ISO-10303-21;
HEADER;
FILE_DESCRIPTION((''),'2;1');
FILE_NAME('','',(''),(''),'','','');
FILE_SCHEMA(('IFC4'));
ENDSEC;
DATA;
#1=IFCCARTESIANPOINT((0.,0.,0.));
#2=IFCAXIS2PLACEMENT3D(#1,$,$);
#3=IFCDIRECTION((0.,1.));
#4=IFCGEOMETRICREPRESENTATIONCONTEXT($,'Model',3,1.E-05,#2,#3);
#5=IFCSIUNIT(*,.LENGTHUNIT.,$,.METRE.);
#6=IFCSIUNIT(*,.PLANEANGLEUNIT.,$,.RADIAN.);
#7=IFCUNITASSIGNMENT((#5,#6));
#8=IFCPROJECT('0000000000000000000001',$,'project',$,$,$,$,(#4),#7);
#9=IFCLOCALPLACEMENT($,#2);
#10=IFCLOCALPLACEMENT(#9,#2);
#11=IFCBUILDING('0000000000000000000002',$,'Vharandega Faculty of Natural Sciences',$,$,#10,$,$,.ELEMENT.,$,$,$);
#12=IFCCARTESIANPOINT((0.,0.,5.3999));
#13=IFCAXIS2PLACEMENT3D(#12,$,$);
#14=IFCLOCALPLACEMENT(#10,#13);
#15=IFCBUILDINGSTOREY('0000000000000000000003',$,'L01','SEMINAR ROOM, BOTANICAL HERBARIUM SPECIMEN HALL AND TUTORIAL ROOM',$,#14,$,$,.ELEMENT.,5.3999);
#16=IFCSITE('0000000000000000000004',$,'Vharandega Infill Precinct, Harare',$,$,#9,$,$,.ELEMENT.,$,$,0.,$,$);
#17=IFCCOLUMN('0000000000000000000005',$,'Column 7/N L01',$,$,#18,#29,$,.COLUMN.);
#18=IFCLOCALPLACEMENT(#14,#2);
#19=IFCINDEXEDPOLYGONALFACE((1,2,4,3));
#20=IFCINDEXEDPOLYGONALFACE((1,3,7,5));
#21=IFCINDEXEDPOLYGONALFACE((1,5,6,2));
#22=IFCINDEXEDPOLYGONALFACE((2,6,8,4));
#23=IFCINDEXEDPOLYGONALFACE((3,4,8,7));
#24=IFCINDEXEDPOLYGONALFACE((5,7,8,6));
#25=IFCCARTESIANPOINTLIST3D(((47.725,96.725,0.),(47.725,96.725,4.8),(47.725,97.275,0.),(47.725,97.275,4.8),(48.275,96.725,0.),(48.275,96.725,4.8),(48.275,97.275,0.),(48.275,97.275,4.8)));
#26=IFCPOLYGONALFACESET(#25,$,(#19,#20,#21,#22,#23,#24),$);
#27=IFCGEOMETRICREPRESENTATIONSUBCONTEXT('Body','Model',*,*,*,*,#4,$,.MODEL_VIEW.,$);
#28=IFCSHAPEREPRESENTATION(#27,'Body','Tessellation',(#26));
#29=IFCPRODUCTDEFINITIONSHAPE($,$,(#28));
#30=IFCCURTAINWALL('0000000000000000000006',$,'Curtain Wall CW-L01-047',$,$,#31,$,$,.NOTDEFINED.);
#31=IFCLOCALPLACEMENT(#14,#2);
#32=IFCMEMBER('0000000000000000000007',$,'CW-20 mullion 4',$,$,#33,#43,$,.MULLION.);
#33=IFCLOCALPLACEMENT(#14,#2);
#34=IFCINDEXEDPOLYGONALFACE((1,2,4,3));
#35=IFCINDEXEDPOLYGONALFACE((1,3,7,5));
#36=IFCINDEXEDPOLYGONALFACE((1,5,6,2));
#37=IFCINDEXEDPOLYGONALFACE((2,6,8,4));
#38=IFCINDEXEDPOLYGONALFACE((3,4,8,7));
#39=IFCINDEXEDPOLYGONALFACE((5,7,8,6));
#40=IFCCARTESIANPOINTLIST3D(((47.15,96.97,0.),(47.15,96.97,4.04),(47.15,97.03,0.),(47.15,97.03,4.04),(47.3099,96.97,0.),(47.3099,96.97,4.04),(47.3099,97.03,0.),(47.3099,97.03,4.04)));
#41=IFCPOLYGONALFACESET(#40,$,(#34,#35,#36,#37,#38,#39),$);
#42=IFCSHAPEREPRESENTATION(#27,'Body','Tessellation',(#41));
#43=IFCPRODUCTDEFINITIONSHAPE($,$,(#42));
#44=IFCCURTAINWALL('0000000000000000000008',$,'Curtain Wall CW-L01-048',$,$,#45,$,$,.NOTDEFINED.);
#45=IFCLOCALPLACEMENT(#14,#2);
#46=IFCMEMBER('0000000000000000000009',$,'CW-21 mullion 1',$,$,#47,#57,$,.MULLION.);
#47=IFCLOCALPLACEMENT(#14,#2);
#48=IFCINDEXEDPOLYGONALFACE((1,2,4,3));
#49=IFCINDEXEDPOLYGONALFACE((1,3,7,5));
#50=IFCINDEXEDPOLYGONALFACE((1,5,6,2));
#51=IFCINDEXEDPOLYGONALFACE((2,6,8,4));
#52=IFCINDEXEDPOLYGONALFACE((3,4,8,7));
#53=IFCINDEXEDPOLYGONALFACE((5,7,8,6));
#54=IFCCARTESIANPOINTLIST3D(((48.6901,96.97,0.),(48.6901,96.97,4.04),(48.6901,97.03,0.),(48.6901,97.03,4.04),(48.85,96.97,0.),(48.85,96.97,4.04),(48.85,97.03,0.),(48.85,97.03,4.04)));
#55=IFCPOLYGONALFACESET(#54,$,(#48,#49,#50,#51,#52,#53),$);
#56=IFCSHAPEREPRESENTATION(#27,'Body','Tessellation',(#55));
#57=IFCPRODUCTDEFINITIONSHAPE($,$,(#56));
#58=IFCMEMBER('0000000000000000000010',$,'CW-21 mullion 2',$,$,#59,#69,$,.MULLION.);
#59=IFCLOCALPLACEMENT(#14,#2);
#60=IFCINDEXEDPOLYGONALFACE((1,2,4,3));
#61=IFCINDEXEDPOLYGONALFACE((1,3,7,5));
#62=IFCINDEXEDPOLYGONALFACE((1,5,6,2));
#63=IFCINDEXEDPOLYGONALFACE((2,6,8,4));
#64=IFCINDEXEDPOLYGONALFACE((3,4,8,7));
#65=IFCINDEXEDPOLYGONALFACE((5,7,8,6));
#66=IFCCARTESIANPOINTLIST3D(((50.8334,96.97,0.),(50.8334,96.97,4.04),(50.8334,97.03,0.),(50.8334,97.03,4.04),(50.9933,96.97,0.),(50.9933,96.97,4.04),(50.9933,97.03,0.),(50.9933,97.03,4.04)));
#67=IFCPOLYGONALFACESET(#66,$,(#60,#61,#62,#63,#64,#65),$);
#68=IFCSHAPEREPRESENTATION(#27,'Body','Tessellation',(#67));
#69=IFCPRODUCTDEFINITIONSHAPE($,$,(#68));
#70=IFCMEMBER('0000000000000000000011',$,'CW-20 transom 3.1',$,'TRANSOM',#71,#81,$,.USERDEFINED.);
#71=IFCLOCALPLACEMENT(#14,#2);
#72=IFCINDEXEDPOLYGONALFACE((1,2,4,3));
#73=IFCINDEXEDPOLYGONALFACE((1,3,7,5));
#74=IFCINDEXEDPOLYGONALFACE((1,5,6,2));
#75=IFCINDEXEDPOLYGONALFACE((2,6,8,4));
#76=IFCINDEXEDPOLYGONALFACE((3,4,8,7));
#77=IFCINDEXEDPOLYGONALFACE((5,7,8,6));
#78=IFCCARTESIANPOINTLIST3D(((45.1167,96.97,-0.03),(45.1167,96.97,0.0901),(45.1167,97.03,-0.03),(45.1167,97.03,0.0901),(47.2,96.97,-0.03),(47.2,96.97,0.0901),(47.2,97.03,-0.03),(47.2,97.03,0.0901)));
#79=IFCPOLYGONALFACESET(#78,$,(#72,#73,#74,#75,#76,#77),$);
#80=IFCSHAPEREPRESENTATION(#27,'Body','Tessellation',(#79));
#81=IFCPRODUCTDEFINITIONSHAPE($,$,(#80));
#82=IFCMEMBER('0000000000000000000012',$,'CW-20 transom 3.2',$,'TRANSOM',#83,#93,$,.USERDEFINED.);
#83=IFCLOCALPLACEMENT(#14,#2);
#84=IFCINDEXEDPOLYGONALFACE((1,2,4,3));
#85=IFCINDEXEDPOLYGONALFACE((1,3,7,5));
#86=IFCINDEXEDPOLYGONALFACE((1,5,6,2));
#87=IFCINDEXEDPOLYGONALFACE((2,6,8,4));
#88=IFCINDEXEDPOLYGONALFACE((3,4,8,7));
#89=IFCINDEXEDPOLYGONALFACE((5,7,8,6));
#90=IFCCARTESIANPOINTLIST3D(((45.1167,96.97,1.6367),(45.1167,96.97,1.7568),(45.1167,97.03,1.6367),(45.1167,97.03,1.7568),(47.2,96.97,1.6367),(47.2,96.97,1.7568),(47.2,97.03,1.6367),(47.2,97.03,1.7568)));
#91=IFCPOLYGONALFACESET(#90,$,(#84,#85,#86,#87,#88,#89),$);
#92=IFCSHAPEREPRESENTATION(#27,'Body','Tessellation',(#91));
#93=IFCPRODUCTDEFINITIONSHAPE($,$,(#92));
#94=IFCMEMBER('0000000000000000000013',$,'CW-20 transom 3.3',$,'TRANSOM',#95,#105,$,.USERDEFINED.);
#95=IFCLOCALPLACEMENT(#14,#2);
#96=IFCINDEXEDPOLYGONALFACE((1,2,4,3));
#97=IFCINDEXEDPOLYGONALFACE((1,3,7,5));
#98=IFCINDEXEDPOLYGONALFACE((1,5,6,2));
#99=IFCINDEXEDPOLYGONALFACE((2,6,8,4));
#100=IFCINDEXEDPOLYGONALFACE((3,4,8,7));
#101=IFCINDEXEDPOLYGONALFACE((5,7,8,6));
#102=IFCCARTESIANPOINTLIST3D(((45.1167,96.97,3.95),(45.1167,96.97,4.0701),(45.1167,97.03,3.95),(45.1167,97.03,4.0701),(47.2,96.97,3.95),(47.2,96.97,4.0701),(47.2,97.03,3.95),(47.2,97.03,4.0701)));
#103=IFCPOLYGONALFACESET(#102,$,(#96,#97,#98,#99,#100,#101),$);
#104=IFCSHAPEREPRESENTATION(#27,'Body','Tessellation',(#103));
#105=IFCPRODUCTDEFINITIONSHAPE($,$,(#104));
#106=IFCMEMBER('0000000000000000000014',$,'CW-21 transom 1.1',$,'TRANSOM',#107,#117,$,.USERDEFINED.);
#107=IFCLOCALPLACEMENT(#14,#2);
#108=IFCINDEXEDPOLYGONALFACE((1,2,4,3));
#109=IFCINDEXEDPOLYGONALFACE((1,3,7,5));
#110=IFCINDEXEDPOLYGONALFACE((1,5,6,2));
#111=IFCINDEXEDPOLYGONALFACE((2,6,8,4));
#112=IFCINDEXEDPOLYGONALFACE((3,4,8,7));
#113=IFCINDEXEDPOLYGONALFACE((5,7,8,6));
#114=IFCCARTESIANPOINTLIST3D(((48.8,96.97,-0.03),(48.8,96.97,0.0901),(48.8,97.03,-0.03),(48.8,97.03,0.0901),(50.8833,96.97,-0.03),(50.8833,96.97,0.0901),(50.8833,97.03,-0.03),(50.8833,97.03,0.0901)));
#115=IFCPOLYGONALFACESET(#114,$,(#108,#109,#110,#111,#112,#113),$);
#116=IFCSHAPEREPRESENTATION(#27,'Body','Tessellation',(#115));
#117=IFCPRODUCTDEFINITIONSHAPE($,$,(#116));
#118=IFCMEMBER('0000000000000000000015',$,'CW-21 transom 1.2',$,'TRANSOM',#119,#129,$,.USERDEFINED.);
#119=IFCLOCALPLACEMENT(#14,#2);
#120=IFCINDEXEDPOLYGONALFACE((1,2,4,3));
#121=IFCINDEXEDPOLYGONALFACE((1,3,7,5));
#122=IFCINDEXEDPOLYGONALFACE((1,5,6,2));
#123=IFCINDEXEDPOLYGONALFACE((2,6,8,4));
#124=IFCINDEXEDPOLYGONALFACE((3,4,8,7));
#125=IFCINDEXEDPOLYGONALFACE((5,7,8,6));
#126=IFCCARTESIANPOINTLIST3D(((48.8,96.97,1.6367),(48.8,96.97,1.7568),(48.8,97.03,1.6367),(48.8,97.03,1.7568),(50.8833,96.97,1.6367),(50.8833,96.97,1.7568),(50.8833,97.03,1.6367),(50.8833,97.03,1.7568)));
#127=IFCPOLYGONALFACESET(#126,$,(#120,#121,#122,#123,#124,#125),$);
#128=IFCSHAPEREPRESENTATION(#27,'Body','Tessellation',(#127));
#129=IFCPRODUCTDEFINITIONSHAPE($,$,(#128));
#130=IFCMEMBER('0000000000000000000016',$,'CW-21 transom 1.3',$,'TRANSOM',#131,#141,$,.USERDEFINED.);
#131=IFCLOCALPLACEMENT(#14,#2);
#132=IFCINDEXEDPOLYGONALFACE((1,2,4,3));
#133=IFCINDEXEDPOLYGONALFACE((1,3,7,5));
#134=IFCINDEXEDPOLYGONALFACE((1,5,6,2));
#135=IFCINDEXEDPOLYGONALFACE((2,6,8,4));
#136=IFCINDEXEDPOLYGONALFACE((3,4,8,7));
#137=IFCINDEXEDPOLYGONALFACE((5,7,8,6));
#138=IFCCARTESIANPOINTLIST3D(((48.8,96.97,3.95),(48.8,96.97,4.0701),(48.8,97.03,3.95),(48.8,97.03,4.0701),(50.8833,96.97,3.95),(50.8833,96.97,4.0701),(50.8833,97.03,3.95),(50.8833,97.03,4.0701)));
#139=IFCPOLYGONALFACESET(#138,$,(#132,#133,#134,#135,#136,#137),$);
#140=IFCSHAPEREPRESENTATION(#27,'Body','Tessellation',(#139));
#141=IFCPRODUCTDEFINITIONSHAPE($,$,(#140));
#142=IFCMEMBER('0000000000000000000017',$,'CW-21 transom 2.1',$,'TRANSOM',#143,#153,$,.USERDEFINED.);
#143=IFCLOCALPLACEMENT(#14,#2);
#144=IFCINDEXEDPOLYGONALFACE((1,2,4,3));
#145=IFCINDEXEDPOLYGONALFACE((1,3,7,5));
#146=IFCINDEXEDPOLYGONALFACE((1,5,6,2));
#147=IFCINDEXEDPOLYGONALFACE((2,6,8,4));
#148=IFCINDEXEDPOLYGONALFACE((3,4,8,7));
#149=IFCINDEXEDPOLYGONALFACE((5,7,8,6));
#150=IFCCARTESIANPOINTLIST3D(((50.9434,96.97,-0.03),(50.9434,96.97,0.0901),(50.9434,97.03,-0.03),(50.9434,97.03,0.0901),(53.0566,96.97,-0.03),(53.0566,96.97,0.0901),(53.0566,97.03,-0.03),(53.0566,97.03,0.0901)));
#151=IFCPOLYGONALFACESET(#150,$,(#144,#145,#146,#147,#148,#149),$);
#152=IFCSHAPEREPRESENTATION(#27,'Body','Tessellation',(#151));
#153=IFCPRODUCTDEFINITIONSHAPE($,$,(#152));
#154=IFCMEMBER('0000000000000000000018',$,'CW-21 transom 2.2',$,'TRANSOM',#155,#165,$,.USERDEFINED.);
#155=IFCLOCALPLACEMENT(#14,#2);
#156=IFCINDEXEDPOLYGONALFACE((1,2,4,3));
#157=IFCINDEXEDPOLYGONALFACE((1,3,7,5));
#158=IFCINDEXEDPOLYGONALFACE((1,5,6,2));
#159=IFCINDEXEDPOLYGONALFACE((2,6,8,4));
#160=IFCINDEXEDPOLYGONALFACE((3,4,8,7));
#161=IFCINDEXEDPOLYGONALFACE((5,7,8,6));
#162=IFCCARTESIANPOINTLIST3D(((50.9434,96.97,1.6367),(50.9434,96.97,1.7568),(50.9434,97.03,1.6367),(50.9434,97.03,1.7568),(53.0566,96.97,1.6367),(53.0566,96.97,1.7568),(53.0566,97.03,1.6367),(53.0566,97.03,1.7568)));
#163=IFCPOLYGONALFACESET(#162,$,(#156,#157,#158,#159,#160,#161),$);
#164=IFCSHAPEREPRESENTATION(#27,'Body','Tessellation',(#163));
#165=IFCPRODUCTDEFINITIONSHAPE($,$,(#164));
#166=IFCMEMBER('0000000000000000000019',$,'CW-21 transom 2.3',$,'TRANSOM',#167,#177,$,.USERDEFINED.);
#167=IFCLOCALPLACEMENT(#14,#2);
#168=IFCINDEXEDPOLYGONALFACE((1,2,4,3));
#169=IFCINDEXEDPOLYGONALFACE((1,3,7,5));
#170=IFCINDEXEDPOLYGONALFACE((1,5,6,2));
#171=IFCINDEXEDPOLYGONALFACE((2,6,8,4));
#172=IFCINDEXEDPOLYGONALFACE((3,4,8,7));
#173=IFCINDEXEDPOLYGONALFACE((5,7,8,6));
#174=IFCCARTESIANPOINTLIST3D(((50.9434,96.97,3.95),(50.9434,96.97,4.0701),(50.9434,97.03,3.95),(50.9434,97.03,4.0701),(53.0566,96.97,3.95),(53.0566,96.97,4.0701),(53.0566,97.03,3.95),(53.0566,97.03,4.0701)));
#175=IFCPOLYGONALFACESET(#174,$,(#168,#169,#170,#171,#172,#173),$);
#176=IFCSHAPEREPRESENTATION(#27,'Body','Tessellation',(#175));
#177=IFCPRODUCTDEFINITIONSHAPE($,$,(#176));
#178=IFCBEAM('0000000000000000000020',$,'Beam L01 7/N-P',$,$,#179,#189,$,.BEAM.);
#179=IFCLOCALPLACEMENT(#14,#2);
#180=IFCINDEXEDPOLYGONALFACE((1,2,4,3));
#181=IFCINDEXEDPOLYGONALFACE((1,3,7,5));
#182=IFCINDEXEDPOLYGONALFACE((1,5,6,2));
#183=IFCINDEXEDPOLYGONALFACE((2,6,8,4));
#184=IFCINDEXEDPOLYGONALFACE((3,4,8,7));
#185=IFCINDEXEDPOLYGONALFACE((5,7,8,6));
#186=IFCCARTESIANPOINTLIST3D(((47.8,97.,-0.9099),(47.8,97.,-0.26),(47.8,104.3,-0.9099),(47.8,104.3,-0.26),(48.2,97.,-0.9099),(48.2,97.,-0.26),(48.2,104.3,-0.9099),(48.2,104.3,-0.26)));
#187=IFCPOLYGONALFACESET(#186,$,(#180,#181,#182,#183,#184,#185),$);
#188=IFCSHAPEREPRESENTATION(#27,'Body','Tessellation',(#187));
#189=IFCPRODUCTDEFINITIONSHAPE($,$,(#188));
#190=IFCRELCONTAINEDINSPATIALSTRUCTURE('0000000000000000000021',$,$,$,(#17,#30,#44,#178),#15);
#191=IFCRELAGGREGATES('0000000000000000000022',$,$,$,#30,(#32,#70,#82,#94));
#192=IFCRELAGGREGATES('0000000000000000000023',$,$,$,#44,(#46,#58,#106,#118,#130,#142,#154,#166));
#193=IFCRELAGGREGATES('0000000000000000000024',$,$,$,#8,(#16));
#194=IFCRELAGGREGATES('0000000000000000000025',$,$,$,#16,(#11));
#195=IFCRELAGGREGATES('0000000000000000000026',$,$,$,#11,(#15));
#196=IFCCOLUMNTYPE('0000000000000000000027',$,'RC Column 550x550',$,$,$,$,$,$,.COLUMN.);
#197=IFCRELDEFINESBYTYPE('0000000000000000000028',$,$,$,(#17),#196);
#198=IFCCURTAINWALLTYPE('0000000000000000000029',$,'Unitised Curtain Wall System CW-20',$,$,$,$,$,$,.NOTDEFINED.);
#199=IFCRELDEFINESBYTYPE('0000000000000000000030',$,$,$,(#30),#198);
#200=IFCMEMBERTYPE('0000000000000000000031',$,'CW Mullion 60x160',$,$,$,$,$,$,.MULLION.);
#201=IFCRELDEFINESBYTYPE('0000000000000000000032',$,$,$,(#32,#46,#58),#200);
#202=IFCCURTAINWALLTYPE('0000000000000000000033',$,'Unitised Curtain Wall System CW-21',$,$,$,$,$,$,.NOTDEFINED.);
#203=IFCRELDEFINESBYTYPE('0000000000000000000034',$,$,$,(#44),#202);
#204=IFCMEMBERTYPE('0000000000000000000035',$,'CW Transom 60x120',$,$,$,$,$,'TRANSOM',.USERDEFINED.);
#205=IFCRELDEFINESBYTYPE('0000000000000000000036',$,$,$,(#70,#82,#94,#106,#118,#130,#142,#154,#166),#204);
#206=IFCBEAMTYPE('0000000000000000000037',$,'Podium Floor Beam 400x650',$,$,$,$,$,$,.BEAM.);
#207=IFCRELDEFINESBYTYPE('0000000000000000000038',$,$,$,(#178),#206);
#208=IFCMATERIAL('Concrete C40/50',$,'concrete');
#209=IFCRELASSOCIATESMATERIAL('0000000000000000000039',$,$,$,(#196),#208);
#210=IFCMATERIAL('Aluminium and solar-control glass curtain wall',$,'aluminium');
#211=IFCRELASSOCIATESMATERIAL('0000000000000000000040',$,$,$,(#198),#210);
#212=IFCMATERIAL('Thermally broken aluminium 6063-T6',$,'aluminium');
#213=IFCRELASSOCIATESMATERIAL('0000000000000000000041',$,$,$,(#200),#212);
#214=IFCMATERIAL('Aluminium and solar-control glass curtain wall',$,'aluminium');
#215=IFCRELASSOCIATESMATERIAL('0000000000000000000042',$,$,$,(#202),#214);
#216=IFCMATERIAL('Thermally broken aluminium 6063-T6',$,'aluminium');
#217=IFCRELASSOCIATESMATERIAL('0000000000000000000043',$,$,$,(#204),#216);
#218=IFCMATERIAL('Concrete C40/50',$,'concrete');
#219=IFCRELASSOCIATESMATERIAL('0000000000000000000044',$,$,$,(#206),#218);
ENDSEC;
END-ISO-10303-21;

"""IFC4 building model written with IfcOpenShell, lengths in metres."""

from ifc_helpers import new_model, si_unit, direction, frame, origin, origin_2d, place, context, subcontext, project, spatial, rectangle, extrude, material, material_profile, profile_set, type_object, element, aggregate, save


model = new_model("IFC4")

# Units and contexts
model_context = context("Model", 3, precision=1e-05, world=origin(), true_north=direction((0.0, 1.0)))
body_context = subcontext(model_context, "Body", "Model", "MODEL_VIEW")
ifc_project = project(units=[si_unit("LENGTHUNIT", "METRE"), si_unit("PLANEANGLEUNIT", "RADIAN")], contexts=[model_context])

# Site, building, storey
site_placement = place(None, origin())
site = spatial("IfcSite", under=ifc_project, at=site_placement, Name="Vharandega Infill Precinct, Harare", CompositionType="ELEMENT", RefElevation=0.0)
building_placement = place(site_placement, origin())
building = spatial("IfcBuilding", under=site, at=building_placement, Name="Vharandega Faculty of Natural Sciences", CompositionType="ELEMENT")
storey_placement = place(building_placement, frame((0.0, 0.0, 5.3999)))
storey = spatial("IfcBuildingStorey", under=building, at=storey_placement, Name="L01", Description="SEMINAR ROOM, BOTANICAL HERBARIUM SPECIMEN HALL AND TUTORIAL ROOM", CompositionType="ELEMENT", Elevation=5.3999)

# Column
ifc_material_1 = material(Name="Concrete C40/50", Category="concrete")
ifc_material_profile_1 = material_profile(ifc_material_1, rectangle(XDim=0.55, YDim=0.55, at=origin_2d()), Name="RC 550x550")
ifc_profile_set_1 = profile_set([ifc_material_profile_1], Name="Concrete C40/50")
column_type = type_object("IfcColumnType", Name="RC Column 550x550", PredefinedType="COLUMN", material=ifc_profile_set_1)
column_placement = place(storey_placement, frame((48.0, 97.0, 0.0), z_axis=(0.0, 0.0, 1.0), x_axis=(1.0, 0.0, 0.0)))
element("IfcColumn", 1, at=column_placement, inside=storey, type_object=column_type, Name="Column 7/N L01", PredefinedType="COLUMN", context=body_context, shape_type="SweptSolid", body=[
    extrude(rectangle(XDim=0.55, YDim=0.55, at=origin_2d()), origin(), (0.0, 0.0, 1.0), 4.8),
])

# Curtain wall, member
ifc_material_2 = material(Name="Aluminium and solar-control glass curtain wall", Category="aluminium")
curtain_wall_type_1 = type_object("IfcCurtainWallType", Name="Unitised Curtain Wall System CW-20", PredefinedType="NOTDEFINED", material=ifc_material_2)
curtain_wall_1_placement = place(storey_placement, origin())
curtain_wall_1 = element("IfcCurtainWall", 2, at=curtain_wall_1_placement, inside=storey, type_object=curtain_wall_type_1, Name="Curtain Wall CW-L01-047", PredefinedType="NOTDEFINED")
ifc_material_3 = material(Name="Thermally broken aluminium 6063-T6", Category="aluminium")
ifc_material_profile_2 = material_profile(ifc_material_3, rectangle(XDim=0.0601, YDim=0.1599, at=origin_2d()), Name="ALU 60x160")
ifc_profile_set_2 = profile_set([ifc_material_profile_2], Name="Thermally broken aluminium 6063-T6")
member_type_1 = type_object("IfcMemberType", Name="CW Mullion 60x160", PredefinedType="MULLION", material=ifc_profile_set_2)
member_1_placement = place(storey_placement, frame((47.23, 97.0, 0.0), z_axis=(0.0, 0.0, 1.0), x_axis=(0.0, 1.0, 0.0)))
member_1 = element("IfcMember", 3, at=member_1_placement, type_object=member_type_1, Name="CW-20 mullion 4", PredefinedType="MULLION", context=body_context, shape_type="SweptSolid", body=[
    extrude(rectangle(XDim=0.0601, YDim=0.1599, at=origin_2d()), origin(), (0.0, 0.0, 1.0), 4.04),
])

# Curtain wall, members
ifc_material_4 = material(Name="Aluminium and solar-control glass curtain wall", Category="aluminium")
curtain_wall_type_2 = type_object("IfcCurtainWallType", Name="Unitised Curtain Wall System CW-21", PredefinedType="NOTDEFINED", material=ifc_material_4)
curtain_wall_2_placement = place(storey_placement, origin())
curtain_wall_2 = element("IfcCurtainWall", 4, at=curtain_wall_2_placement, inside=storey, type_object=curtain_wall_type_2, Name="Curtain Wall CW-L01-048", PredefinedType="NOTDEFINED")
member_2_placement = place(storey_placement, frame((48.77, 97.0, 0.0), z_axis=(0.0, 0.0, 1.0), x_axis=(0.0, 1.0, 0.0)))
member_2 = element("IfcMember", 5, at=member_2_placement, type_object=member_type_1, Name="CW-21 mullion 1", PredefinedType="MULLION", context=body_context, shape_type="SweptSolid", body=[
    extrude(rectangle(XDim=0.0601, YDim=0.1599, at=origin_2d()), origin(), (0.0, 0.0, 1.0), 4.04),
])
member_3_placement = place(storey_placement, frame((50.9133, 97.0, 0.0), z_axis=(0.0, 0.0, 1.0), x_axis=(0.0, 1.0, 0.0)))
member_3 = element("IfcMember", 6, at=member_3_placement, type_object=member_type_1, Name="CW-21 mullion 2", PredefinedType="MULLION", context=body_context, shape_type="SweptSolid", body=[
    extrude(rectangle(XDim=0.0601, YDim=0.1599, at=origin_2d()), origin(), (0.0, 0.0, 1.0), 4.04),
])

# Members
ifc_material_5 = material(Name="Thermally broken aluminium 6063-T6", Category="aluminium")
ifc_material_profile_3 = material_profile(ifc_material_5, rectangle(XDim=0.0601, YDim=0.1201, at=origin_2d()), Name="ALU 60x120")
ifc_profile_set_3 = profile_set([ifc_material_profile_3], Name="Thermally broken aluminium 6063-T6")
member_type_2 = type_object("IfcMemberType", Name="CW Transom 60x120", ElementType="TRANSOM", PredefinedType="USERDEFINED", material=ifc_profile_set_3)
member_4_placement = place(storey_placement, frame((45.1167, 97.0, 0.03), z_axis=(1.0, 0.0, 0.0), x_axis=(0.0, 1.0, 0.0)))
member_4 = element("IfcMember", 7, at=member_4_placement, type_object=member_type_2, Name="CW-20 transom 3.1", ObjectType="TRANSOM", PredefinedType="USERDEFINED", context=body_context, shape_type="SweptSolid", body=[
    extrude(rectangle(XDim=0.0601, YDim=0.1201, at=origin_2d()), origin(), (0.0, 0.0, 1.0), 2.0833),
])
member_5_placement = place(storey_placement, frame((45.1167, 97.0, 1.6968), z_axis=(1.0, 0.0, 0.0), x_axis=(0.0, 1.0, 0.0)))
member_5 = element("IfcMember", 8, at=member_5_placement, type_object=member_type_2, Name="CW-20 transom 3.2", ObjectType="TRANSOM", PredefinedType="USERDEFINED", context=body_context, shape_type="SweptSolid", body=[
    extrude(rectangle(XDim=0.0601, YDim=0.1201, at=origin_2d()), origin(), (0.0, 0.0, 1.0), 2.0833),
])
member_6_placement = place(storey_placement, frame((45.1167, 97.0, 4.01), z_axis=(1.0, 0.0, 0.0), x_axis=(0.0, 1.0, 0.0)))
member_6 = element("IfcMember", 9, at=member_6_placement, type_object=member_type_2, Name="CW-20 transom 3.3", ObjectType="TRANSOM", PredefinedType="USERDEFINED", context=body_context, shape_type="SweptSolid", body=[
    extrude(rectangle(XDim=0.0601, YDim=0.1201, at=origin_2d()), origin(), (0.0, 0.0, 1.0), 2.0833),
])
member_7_placement = place(storey_placement, frame((48.8, 97.0, 0.03), z_axis=(1.0, 0.0, 0.0), x_axis=(0.0, 1.0, 0.0)))
member_7 = element("IfcMember", 10, at=member_7_placement, type_object=member_type_2, Name="CW-21 transom 1.1", ObjectType="TRANSOM", PredefinedType="USERDEFINED", context=body_context, shape_type="SweptSolid", body=[
    extrude(rectangle(XDim=0.0601, YDim=0.1201, at=origin_2d()), origin(), (0.0, 0.0, 1.0), 2.0833),
])
member_8_placement = place(storey_placement, frame((48.8, 97.0, 1.6968), z_axis=(1.0, 0.0, 0.0), x_axis=(0.0, 1.0, 0.0)))
member_8 = element("IfcMember", 11, at=member_8_placement, type_object=member_type_2, Name="CW-21 transom 1.2", ObjectType="TRANSOM", PredefinedType="USERDEFINED", context=body_context, shape_type="SweptSolid", body=[
    extrude(rectangle(XDim=0.0601, YDim=0.1201, at=origin_2d()), origin(), (0.0, 0.0, 1.0), 2.0833),
])
member_9_placement = place(storey_placement, frame((48.8, 97.0, 4.01), z_axis=(1.0, 0.0, 0.0), x_axis=(0.0, 1.0, 0.0)))
member_9 = element("IfcMember", 12, at=member_9_placement, type_object=member_type_2, Name="CW-21 transom 1.3", ObjectType="TRANSOM", PredefinedType="USERDEFINED", context=body_context, shape_type="SweptSolid", body=[
    extrude(rectangle(XDim=0.0601, YDim=0.1201, at=origin_2d()), origin(), (0.0, 0.0, 1.0), 2.0833),
])
member_10_placement = place(storey_placement, frame((50.9434, 97.0, 0.03), z_axis=(1.0, 0.0, 0.0), x_axis=(0.0, 1.0, 0.0)))
member_10 = element("IfcMember", 13, at=member_10_placement, type_object=member_type_2, Name="CW-21 transom 2.1", ObjectType="TRANSOM", PredefinedType="USERDEFINED", context=body_context, shape_type="SweptSolid", body=[
    extrude(rectangle(XDim=0.0601, YDim=0.1201, at=origin_2d()), origin(), (0.0, 0.0, 1.0), 2.1133),
])
member_11_placement = place(storey_placement, frame((50.9434, 97.0, 1.6968), z_axis=(1.0, 0.0, 0.0), x_axis=(0.0, 1.0, 0.0)))
member_11 = element("IfcMember", 14, at=member_11_placement, type_object=member_type_2, Name="CW-21 transom 2.2", ObjectType="TRANSOM", PredefinedType="USERDEFINED", context=body_context, shape_type="SweptSolid", body=[
    extrude(rectangle(XDim=0.0601, YDim=0.1201, at=origin_2d()), origin(), (0.0, 0.0, 1.0), 2.1133),
])
member_12_placement = place(storey_placement, frame((50.9434, 97.0, 4.01), z_axis=(1.0, 0.0, 0.0), x_axis=(0.0, 1.0, 0.0)))
member_12 = element("IfcMember", 15, at=member_12_placement, type_object=member_type_2, Name="CW-21 transom 2.3", ObjectType="TRANSOM", PredefinedType="USERDEFINED", context=body_context, shape_type="SweptSolid", body=[
    extrude(rectangle(XDim=0.0601, YDim=0.1201, at=origin_2d()), origin(), (0.0, 0.0, 1.0), 2.1133),
])

# Beam
ifc_material_6 = material(Name="Concrete C40/50", Category="concrete")
ifc_material_profile_4 = material_profile(ifc_material_6, rectangle(XDim=0.3999, YDim=0.6499, at=origin_2d()), Name="RC 400x650")
ifc_profile_set_4 = profile_set([ifc_material_profile_4], Name="Concrete C40/50")
beam_type_1 = type_object("IfcBeamType", Name="Podium Floor Beam 400x650", PredefinedType="BEAM", material=ifc_profile_set_4)
beam_1_placement = place(storey_placement, frame((48.0, 97.0, -0.585), z_axis=(0.0, 1.0, 0.0), x_axis=(-1.0, 0.0, 0.0)))
element("IfcBeam", 16, at=beam_1_placement, inside=storey, type_object=beam_type_1, Name="Beam L01 7/N-P", PredefinedType="BEAM", context=body_context, shape_type="SweptSolid", body=[
    extrude(rectangle(XDim=0.3999, YDim=0.6499, at=origin_2d()), origin(), (0.0, 0.0, 1.0), 7.3),
])

aggregate(curtain_wall_1, [member_1, member_4, member_5, member_6])
aggregate(curtain_wall_2, [member_2, member_3, member_7, member_8, member_9, member_10, member_11, member_12])

save(model, "model.ifc")
